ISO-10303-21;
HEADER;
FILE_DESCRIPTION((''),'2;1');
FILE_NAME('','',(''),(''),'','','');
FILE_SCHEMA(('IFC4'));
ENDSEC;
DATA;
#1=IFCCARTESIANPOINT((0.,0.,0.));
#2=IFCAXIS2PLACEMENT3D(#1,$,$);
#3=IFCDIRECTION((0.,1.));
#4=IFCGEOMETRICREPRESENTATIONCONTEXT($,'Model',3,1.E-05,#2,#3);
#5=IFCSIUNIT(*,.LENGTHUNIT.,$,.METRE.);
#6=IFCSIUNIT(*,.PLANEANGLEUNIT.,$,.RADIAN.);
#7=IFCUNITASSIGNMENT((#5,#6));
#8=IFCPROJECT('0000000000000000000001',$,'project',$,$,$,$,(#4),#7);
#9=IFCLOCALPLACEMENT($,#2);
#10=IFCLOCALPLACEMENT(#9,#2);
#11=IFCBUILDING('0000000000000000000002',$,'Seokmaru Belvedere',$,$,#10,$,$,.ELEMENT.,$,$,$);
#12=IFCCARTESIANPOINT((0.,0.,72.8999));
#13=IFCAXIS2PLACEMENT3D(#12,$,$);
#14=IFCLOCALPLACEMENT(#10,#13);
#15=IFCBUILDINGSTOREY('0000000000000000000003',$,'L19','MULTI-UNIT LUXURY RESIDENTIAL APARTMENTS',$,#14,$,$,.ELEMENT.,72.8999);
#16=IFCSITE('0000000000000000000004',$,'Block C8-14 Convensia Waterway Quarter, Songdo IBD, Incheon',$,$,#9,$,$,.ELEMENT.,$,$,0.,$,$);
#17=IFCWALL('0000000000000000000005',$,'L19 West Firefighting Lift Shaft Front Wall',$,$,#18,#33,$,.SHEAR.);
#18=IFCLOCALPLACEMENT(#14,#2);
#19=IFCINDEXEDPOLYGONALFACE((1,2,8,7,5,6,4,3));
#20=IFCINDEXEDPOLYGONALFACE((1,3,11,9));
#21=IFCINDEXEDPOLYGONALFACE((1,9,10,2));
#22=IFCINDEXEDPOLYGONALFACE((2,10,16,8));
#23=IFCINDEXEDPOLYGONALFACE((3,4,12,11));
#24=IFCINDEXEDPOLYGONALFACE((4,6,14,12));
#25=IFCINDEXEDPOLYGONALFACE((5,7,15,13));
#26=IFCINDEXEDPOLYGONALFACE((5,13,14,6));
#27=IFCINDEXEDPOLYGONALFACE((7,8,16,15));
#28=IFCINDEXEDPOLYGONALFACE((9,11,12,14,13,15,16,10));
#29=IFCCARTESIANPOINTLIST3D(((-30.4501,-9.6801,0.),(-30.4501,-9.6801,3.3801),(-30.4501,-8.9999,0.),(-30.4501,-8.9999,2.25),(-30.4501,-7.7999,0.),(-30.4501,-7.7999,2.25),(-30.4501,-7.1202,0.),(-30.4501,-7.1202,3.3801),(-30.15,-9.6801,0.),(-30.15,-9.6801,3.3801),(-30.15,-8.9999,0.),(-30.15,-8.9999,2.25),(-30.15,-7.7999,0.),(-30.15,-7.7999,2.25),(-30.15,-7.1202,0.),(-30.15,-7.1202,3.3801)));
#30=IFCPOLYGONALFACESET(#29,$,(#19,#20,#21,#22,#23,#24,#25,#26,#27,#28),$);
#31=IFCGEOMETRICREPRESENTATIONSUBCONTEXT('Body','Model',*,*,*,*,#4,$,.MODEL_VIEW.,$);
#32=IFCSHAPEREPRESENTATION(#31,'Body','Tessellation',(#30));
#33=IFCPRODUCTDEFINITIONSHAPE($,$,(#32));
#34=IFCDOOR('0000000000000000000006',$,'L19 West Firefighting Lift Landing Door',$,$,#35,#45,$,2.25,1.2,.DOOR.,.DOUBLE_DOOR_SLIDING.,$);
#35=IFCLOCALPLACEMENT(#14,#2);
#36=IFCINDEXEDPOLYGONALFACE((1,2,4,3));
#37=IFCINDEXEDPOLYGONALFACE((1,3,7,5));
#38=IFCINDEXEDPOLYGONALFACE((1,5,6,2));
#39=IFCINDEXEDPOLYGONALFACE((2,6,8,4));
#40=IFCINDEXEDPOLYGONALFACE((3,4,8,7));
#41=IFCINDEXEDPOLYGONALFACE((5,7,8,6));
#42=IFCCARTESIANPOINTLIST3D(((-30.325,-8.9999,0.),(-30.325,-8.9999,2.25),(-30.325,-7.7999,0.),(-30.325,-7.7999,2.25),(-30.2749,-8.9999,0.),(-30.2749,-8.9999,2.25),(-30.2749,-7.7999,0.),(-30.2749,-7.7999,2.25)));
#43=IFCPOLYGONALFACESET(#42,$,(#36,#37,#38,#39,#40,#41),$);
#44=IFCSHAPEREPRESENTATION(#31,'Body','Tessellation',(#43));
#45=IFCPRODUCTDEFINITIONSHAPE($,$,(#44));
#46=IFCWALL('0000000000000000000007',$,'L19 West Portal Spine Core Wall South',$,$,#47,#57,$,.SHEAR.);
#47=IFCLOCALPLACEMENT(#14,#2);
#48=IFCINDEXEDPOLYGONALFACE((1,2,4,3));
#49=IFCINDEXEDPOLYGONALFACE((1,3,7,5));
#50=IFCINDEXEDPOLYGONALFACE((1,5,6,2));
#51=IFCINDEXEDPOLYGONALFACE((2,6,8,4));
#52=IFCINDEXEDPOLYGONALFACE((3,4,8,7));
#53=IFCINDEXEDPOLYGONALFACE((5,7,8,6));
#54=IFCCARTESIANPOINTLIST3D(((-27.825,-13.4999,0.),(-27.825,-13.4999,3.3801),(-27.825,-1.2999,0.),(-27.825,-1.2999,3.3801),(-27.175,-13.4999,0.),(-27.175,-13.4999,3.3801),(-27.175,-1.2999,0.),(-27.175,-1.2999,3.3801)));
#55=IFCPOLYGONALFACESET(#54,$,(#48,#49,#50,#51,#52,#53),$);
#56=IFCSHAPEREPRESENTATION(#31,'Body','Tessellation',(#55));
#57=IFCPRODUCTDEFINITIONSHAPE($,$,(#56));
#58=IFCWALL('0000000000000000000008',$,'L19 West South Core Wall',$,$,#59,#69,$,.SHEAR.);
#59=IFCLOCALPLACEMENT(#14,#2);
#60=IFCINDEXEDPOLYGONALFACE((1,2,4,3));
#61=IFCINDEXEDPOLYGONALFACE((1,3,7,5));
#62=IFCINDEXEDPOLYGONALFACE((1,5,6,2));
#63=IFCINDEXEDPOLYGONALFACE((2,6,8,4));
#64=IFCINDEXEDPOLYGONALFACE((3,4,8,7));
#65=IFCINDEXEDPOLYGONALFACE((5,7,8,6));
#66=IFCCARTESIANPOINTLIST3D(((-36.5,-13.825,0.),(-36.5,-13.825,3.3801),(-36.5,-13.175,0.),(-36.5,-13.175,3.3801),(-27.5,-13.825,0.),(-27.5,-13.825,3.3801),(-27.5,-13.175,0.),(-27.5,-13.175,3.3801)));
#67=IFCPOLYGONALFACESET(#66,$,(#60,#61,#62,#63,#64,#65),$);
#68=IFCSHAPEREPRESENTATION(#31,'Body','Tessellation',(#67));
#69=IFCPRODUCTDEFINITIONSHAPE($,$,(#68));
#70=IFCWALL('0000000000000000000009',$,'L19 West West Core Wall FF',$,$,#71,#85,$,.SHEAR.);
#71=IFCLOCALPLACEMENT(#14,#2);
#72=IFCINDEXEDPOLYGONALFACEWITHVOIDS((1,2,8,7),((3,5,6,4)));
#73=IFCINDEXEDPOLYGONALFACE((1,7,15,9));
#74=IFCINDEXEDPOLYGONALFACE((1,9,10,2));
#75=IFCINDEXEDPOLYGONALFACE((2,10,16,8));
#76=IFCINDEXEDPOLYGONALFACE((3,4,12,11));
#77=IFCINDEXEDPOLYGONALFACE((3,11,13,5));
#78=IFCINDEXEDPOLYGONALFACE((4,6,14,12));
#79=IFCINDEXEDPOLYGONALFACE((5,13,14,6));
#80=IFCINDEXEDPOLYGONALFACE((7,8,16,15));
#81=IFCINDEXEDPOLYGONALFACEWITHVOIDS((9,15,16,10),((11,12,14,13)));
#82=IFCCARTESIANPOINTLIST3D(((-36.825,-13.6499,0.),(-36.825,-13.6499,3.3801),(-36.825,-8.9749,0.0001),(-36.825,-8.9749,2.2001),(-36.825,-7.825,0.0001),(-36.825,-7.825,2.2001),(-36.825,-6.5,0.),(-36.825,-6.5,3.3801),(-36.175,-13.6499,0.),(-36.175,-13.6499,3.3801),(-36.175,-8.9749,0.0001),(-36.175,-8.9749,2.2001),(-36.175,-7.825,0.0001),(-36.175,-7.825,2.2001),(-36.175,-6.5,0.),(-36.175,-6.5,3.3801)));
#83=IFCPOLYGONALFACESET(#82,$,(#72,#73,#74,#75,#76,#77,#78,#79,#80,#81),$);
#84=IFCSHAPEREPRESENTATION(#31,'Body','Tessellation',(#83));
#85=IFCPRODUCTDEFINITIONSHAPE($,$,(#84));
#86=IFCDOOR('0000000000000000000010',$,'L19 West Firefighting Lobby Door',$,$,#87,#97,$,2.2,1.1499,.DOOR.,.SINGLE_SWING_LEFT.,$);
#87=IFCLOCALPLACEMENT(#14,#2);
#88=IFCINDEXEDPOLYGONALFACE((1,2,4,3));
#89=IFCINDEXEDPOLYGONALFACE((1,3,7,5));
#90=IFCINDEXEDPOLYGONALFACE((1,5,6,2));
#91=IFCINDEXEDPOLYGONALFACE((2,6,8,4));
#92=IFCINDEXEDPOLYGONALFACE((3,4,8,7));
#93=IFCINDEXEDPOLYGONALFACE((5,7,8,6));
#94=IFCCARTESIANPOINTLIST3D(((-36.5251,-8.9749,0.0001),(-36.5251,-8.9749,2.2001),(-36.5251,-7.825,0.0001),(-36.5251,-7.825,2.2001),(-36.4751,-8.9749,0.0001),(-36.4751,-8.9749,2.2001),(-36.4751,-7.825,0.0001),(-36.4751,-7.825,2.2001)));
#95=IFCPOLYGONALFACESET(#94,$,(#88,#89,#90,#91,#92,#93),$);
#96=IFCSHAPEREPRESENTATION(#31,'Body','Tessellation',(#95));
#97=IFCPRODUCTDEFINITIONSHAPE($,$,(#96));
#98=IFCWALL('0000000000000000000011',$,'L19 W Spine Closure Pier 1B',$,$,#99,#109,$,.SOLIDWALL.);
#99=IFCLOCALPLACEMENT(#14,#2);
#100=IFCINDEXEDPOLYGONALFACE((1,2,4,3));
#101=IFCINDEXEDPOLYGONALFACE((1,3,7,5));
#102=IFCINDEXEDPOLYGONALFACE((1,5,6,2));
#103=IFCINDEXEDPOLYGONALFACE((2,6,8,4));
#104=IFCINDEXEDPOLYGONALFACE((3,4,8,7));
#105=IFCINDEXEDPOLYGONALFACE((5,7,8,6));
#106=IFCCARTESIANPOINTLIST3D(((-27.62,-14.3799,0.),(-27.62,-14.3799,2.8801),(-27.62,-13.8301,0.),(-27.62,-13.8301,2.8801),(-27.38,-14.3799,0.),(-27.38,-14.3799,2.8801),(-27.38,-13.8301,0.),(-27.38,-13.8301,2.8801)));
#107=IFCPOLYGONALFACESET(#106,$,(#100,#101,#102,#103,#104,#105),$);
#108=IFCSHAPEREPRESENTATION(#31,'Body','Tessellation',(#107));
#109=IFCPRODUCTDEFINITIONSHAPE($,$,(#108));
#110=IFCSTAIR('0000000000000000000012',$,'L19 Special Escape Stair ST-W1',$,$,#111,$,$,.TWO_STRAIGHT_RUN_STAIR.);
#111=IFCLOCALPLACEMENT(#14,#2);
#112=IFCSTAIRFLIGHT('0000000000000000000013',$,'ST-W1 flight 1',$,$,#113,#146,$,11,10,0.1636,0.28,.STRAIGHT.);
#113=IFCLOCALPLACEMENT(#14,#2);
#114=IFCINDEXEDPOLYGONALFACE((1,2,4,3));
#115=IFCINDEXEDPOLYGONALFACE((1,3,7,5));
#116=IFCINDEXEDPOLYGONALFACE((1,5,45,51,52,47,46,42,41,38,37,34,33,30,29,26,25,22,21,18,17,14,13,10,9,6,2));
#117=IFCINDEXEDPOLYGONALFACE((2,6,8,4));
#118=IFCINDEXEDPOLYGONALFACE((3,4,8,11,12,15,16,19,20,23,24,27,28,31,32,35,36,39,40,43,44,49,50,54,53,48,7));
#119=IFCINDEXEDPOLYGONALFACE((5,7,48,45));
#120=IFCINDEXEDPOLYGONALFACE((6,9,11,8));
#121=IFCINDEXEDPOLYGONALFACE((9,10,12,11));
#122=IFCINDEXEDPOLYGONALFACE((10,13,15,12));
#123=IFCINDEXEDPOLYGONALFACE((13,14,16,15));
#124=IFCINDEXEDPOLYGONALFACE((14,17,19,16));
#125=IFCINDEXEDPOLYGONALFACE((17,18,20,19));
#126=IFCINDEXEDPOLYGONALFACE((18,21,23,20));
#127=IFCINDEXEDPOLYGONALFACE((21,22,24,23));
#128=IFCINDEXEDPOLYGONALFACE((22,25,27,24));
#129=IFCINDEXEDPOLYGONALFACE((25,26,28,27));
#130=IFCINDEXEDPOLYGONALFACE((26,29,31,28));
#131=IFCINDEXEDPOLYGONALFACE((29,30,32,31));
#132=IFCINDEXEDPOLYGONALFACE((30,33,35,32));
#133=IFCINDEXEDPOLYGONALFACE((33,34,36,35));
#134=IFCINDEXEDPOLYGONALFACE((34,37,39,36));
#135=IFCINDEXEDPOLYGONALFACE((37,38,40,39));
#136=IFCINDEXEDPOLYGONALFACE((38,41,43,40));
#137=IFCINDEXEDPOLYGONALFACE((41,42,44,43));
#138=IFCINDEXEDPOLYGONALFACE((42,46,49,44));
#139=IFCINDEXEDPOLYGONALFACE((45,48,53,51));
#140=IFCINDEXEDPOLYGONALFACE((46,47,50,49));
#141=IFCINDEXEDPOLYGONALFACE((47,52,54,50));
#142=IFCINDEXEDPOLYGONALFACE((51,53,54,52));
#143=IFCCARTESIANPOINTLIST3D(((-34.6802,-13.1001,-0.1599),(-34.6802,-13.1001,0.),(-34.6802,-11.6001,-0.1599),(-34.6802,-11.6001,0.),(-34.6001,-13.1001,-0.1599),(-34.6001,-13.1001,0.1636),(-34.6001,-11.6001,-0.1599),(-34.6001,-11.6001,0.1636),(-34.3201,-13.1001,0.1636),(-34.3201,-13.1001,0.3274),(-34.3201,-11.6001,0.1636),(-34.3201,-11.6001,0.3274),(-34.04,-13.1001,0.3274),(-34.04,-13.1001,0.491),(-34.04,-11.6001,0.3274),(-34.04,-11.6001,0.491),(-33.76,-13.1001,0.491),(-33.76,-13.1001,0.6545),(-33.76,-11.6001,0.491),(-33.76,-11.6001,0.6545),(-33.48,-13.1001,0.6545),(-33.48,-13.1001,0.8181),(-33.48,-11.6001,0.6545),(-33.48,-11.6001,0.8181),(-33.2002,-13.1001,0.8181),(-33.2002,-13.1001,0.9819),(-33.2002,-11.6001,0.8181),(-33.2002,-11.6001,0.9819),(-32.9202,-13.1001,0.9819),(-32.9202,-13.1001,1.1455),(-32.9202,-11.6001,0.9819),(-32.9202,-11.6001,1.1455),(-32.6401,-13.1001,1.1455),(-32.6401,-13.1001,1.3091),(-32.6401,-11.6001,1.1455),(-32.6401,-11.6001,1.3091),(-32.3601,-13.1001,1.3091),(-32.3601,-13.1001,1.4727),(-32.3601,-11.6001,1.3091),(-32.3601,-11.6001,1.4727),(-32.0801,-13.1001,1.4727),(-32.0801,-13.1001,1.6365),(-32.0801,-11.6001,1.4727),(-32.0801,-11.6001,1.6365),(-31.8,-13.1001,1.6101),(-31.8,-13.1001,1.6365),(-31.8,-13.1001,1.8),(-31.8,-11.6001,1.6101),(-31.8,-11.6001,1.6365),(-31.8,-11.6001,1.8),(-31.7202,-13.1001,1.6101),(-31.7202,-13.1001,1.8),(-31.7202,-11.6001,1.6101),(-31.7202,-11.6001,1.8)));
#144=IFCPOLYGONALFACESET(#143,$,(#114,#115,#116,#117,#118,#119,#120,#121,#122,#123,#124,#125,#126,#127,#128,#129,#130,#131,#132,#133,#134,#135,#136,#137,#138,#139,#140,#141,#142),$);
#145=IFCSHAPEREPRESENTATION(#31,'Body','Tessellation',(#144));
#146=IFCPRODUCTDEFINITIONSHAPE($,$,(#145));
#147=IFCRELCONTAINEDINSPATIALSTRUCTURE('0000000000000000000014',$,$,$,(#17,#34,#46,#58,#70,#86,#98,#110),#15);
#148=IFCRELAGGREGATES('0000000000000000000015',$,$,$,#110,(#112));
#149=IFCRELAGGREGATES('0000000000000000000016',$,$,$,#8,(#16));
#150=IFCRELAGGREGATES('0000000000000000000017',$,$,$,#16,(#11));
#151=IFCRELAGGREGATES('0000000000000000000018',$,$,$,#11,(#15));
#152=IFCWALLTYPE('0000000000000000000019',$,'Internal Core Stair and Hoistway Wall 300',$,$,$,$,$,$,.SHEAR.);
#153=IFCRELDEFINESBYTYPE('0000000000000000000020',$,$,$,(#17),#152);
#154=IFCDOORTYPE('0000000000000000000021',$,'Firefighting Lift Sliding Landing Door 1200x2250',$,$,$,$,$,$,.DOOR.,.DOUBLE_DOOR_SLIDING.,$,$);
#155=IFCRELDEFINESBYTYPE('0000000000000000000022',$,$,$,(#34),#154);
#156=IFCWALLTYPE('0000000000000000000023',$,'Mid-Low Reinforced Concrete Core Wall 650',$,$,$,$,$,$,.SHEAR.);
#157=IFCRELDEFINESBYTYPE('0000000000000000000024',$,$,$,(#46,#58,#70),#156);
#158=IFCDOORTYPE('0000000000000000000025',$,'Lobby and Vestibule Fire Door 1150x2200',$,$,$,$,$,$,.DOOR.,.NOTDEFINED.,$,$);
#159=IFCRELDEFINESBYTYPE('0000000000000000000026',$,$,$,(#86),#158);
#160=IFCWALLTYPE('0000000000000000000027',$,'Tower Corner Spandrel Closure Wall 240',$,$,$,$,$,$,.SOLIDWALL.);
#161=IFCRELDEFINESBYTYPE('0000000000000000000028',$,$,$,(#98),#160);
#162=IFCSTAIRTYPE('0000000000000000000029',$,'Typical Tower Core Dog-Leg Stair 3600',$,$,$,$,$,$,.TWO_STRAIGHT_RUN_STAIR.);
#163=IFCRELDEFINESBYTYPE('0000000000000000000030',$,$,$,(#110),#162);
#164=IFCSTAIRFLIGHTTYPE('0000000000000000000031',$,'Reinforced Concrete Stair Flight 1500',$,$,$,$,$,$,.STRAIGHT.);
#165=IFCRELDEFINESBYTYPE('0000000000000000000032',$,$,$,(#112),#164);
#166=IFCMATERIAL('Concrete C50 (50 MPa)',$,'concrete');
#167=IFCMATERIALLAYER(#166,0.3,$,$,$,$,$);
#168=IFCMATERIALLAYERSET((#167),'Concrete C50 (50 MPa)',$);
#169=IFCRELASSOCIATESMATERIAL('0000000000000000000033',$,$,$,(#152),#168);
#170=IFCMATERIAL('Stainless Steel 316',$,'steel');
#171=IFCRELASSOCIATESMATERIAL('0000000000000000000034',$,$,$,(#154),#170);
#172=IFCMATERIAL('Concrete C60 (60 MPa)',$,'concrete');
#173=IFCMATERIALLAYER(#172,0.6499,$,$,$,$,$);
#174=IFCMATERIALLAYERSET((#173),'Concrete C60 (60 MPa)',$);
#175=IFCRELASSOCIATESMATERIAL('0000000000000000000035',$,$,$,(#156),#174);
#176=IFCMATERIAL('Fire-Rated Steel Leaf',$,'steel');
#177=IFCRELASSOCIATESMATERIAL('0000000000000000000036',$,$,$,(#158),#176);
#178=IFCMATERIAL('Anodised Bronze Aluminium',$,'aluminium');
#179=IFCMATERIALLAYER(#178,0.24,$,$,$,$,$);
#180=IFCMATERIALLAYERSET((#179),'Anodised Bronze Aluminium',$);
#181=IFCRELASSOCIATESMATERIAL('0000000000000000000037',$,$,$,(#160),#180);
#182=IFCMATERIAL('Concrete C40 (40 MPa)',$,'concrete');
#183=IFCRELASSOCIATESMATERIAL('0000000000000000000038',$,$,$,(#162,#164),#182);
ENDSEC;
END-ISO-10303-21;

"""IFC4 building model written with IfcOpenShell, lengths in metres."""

from ifc_helpers import new_model, si_unit, direction, frame, frame_2d, origin, place, context, subcontext, project, spatial, polyline, rectangle, outline, extrude, source, transform, mapped, material, layer, layer_set, type_object, type_shapes, element, fill, aggregate, save


model = new_model("IFC4")

# Units and contexts
model_context = context("Model", 3, precision=1e-05, world=origin(), true_north=direction((0.0, 1.0)))
body_context = subcontext(model_context, "Body", "Model", "MODEL_VIEW")
ifc_project = project(units=[si_unit("LENGTHUNIT", "METRE"), si_unit("PLANEANGLEUNIT", "RADIAN")], contexts=[model_context])

# Site, building, storey
site_placement = place(None, origin())
site = spatial("IfcSite", under=ifc_project, at=site_placement, Name="Block C8-14 Convensia Waterway Quarter, Songdo IBD, Incheon", CompositionType="ELEMENT", RefElevation=0.0)
building_placement = place(site_placement, origin())
building = spatial("IfcBuilding", under=site, at=building_placement, Name="Seokmaru Belvedere", CompositionType="ELEMENT")
storey_placement = place(building_placement, frame((0.0, 0.0, 72.8999)))
storey = spatial("IfcBuildingStorey", under=building, at=storey_placement, Name="L19", Description="MULTI-UNIT LUXURY RESIDENTIAL APARTMENTS", CompositionType="ELEMENT", Elevation=72.8999)

# Wall, opening, door
ifc_material_1 = material(Name="Concrete C50 (50 MPa)", Category="concrete")
ifc_layer_1 = layer(ifc_material_1, 0.3)
ifc_layer_set_1 = layer_set([ifc_layer_1], Name="Concrete C50 (50 MPa)")
wall_type_1 = type_object("IfcWallType", Name="Internal Core Stair and Hoistway Wall 300", PredefinedType="SHEAR", material=ifc_layer_set_1)
ifc_material_2 = material(Name="Fire-Rated Steel Leaf", Category="steel")
wall_1_placement = place(storey_placement, frame((-30.3, -9.6799, 0.0), z_axis=(0.0, 0.0, 1.0), x_axis=(0.0, 1.0, 0.0)))
wall_1 = element("IfcWall", 1, at=wall_1_placement, inside=storey, type_object=wall_type_1, Name="L19 West Firefighting Lift Shaft Front Wall", PredefinedType="SHEAR", context=body_context, shape_type="SweptSolid", body=[
    extrude(rectangle(XDim=2.5598, YDim=0.3, at=frame_2d((1.2798, 0.0))), origin(), (0.0, 0.0, 1.0), 3.3801),
])
opening_1_placement = place(wall_1_placement, frame((0.6799, 0.0, 0.0)))
opening_1 = element("IfcOpeningElement", 2, at=opening_1_placement, cuts=wall_1, PredefinedType="OPENING", context=body_context, shape_type="SweptSolid", body=[
    extrude(rectangle(XDim=1.2, YDim=2.25, at=frame_2d((0.6001, 1.125))), frame((0.0, 0.1602, 0.0), z_axis=(0.0, -1.0, 0.0), x_axis=(1.0, 0.0, 0.0)), (0.0, 0.0, 1.0), 0.3201),
])
ifc_material_3 = material(Name="Stainless Steel 316", Category="steel")
door_type_1 = type_object("IfcDoorType", Name="Firefighting Lift Sliding Landing Door 1200x2250", OperationType="DOUBLE_DOOR_SLIDING", PredefinedType="DOOR", material=ifc_material_3)
shared_shape_1 = source(origin(), body_context, "Body", "SweptSolid", [
    extrude(rectangle(XDim=1.2, YDim=2.25, at=frame_2d((0.6001, 1.125))), frame((0.0, 0.0249, 0.0), z_axis=(0.0, -1.0, 0.0), x_axis=(1.0, 0.0, 0.0)), (0.0, 0.0, 1.0), 0.05),
])
type_shapes(door_type_1, [shared_shape_1])
door_1_placement = place(opening_1_placement, origin())
door_1 = element("IfcDoor", 3, at=door_1_placement, inside=storey, type_object=door_type_1, Name="L19 West Firefighting Lift Landing Door", OperationType="DOUBLE_DOOR_SLIDING", OverallHeight=2.25, OverallWidth=1.2, PredefinedType="DOOR", context=body_context, shape_type="MappedRepresentation", body=[
    mapped(shared_shape_1, transform((0.0, 0.0, 0.0), scale=1.0)),
])
fill(opening_1, door_1)

# Walls
ifc_material_4 = material(Name="Concrete C60 (60 MPa)", Category="concrete")
ifc_layer_2 = layer(ifc_material_4, 0.6499)
ifc_layer_set_2 = layer_set([ifc_layer_2], Name="Concrete C60 (60 MPa)")
wall_type_2 = type_object("IfcWallType", Name="Mid-Low Reinforced Concrete Core Wall 650", PredefinedType="SHEAR", material=ifc_layer_set_2)
wall_2_placement = place(storey_placement, frame((-27.5, -13.5, 0.0), z_axis=(0.0, 0.0, 1.0), x_axis=(0.0, 1.0, 0.0)))
element("IfcWall", 4, at=wall_2_placement, inside=storey, type_object=wall_type_2, Name="L19 West Portal Spine Core Wall South", PredefinedType="SHEAR", context=body_context, shape_type="SweptSolid", body=[
    extrude(rectangle(XDim=12.2, YDim=0.6499, at=frame_2d((6.1001, 0.0))), origin(), (0.0, 0.0, 1.0), 3.3801),
])
wall_3_placement = place(storey_placement, frame((-36.5, -13.5, 0.0), z_axis=(0.0, 0.0, 1.0), x_axis=(1.0, 0.0, 0.0)))
element("IfcWall", 5, at=wall_3_placement, inside=storey, type_object=wall_type_2, Name="L19 West South Core Wall", PredefinedType="SHEAR", context=body_context, shape_type="SweptSolid", body=[
    extrude(rectangle(XDim=9.0, YDim=0.6499, at=frame_2d((4.5, 0.0))), origin(), (0.0, 0.0, 1.0), 3.3801),
])

# Wall, opening, door
wall_4_placement = place(storey_placement, frame((-36.5, -13.6499, 0.0), z_axis=(0.0, 0.0, 1.0), x_axis=(0.0, 1.0, 0.0)))
wall_4 = element("IfcWall", 6, at=wall_4_placement, inside=storey, type_object=wall_type_2, Name="L19 West West Core Wall FF", PredefinedType="SHEAR", context=body_context, shape_type="SweptSolid", body=[
    extrude(rectangle(XDim=7.1499, YDim=0.6499, at=frame_2d((3.575, 0.0))), origin(), (0.0, 0.0, 1.0), 3.3801),
])
opening_2_placement = place(wall_4_placement, frame((4.675, 0.0, 0.0)))
opening_2 = element("IfcOpeningElement", 7, at=opening_2_placement, cuts=wall_4, PredefinedType="OPENING", context=body_context, shape_type="SweptSolid", body=[
    extrude(rectangle(XDim=1.1499, YDim=2.2, at=frame_2d((0.575, 1.1001))), frame((0.0, 0.335, 0.0), z_axis=(0.0, -1.0, 0.0), x_axis=(1.0, 0.0, 0.0)), (0.0, 0.0, 1.0), 0.6699),
])
door_type_2 = type_object("IfcDoorType", Name="Lobby and Vestibule Fire Door 1150x2200", OperationType="NOTDEFINED", PredefinedType="DOOR", material=ifc_material_2)
shared_shape_2 = source(origin(), body_context, "Body", "SweptSolid", [
    extrude(rectangle(XDim=1.1499, YDim=2.2, at=frame_2d((0.575, 1.1001))), frame((0.0, 0.0249, 0.0), z_axis=(0.0, -1.0, 0.0), x_axis=(1.0, 0.0, 0.0)), (0.0, 0.0, 1.0), 0.05),
])
type_shapes(door_type_2, [shared_shape_2])
door_2_placement = place(opening_2_placement, frame((1.1499, 0.0, 0.0), z_axis=(0.0, 0.0, 1.0), x_axis=(-1.0, 0.0, 0.0)))
door_2 = element("IfcDoor", 8, at=door_2_placement, inside=storey, type_object=door_type_2, Name="L19 West Firefighting Lobby Door", OperationType="SINGLE_SWING_LEFT", OverallHeight=2.2, OverallWidth=1.1499, PredefinedType="DOOR", context=body_context, shape_type="MappedRepresentation", body=[
    mapped(shared_shape_2, transform((0.0, 0.0, 0.0), scale=1.0)),
])
fill(opening_2, door_2)

# Wall
ifc_material_5 = material(Name="Anodised Bronze Aluminium", Category="aluminium")
ifc_layer_3 = layer(ifc_material_5, 0.24)
ifc_layer_set_3 = layer_set([ifc_layer_3], Name="Anodised Bronze Aluminium")
wall_type_3 = type_object("IfcWallType", Name="Tower Corner Spandrel Closure Wall 240", PredefinedType="SOLIDWALL", material=ifc_layer_set_3)
wall_5_placement = place(storey_placement, frame((-27.5, -14.3799, 0.0), z_axis=(0.0, 0.0, 1.0), x_axis=(0.0, 1.0, 0.0)))
element("IfcWall", 9, at=wall_5_placement, inside=storey, type_object=wall_type_3, Name="L19 W Spine Closure Pier 1B", PredefinedType="SOLIDWALL", context=body_context, shape_type="SweptSolid", body=[
    extrude(rectangle(XDim=0.5498, YDim=0.24, at=frame_2d((0.2749, 0.0))), origin(), (0.0, 0.0, 1.0), 2.8801),
])

# Stair, stair flight
ifc_material_6 = material(Name="Concrete C40 (40 MPa)", Category="concrete")
stair_type = type_object("IfcStairType", Name="Typical Tower Core Dog-Leg Stair 3600", PredefinedType="TWO_STRAIGHT_RUN_STAIR", material=ifc_material_6)
stair_placement = place(storey_placement, origin())
stair = element("IfcStair", 10, at=stair_placement, inside=storey, type_object=stair_type, Name="L19 Special Escape Stair ST-W1", PredefinedType="TWO_STRAIGHT_RUN_STAIR")
stair_flight_type = type_object("IfcStairFlightType", Name="Reinforced Concrete Stair Flight 1500", PredefinedType="STRAIGHT", material=ifc_material_6)
stair_flight_1_placement = place(storey_placement, frame((-34.6001, -12.3501, 0.0), z_axis=(0.0, 0.0, 1.0), x_axis=(1.0, 0.0, 0.0)))
stair_flight_1 = element("IfcStairFlight", 11, at=stair_flight_1_placement, type_object=stair_flight_type, Name="ST-W1 flight 1", NumberOfRisers=11, NumberOfTreads=10, PredefinedType="STRAIGHT", RiserHeight=0.1636, TreadLength=0.28, context=body_context, shape_type="SweptSolid", body=[
    extrude(outline(polyline([(-0.0801, 0.0), (0.0, 0.1636), (0.28, 0.1636), (0.28, 0.3274), (0.5601, 0.3274), (0.5601, 0.491), (0.8401, 0.491), (0.8401, 0.6545), (1.1201, 0.6545), (1.1201, 0.8181), (1.3999, 0.8181), (1.3999, 0.9819), (1.6799, 0.9819), (1.6799, 1.1455), (1.96, 1.1455), (1.96, 1.3091), (2.24, 1.3091), (2.24, 1.4727), (2.52, 1.4727), (2.52, 1.6365), (2.8, 1.6365), (2.8, 1.8), (2.8799, 1.8), (2.8799, 1.6101), (2.8, 1.6101), (0.0, -0.1599), (-0.0801, -0.1599), (-0.0801, 0.0)])), frame((0.0, 0.75, 0.0), z_axis=(0.0, -1.0, 0.0), x_axis=(1.0, 0.0, 0.0)), (0.0, 0.0, 1.0), 1.5),
])
aggregate(stair, [stair_flight_1])

save(model, "model.ifc")
